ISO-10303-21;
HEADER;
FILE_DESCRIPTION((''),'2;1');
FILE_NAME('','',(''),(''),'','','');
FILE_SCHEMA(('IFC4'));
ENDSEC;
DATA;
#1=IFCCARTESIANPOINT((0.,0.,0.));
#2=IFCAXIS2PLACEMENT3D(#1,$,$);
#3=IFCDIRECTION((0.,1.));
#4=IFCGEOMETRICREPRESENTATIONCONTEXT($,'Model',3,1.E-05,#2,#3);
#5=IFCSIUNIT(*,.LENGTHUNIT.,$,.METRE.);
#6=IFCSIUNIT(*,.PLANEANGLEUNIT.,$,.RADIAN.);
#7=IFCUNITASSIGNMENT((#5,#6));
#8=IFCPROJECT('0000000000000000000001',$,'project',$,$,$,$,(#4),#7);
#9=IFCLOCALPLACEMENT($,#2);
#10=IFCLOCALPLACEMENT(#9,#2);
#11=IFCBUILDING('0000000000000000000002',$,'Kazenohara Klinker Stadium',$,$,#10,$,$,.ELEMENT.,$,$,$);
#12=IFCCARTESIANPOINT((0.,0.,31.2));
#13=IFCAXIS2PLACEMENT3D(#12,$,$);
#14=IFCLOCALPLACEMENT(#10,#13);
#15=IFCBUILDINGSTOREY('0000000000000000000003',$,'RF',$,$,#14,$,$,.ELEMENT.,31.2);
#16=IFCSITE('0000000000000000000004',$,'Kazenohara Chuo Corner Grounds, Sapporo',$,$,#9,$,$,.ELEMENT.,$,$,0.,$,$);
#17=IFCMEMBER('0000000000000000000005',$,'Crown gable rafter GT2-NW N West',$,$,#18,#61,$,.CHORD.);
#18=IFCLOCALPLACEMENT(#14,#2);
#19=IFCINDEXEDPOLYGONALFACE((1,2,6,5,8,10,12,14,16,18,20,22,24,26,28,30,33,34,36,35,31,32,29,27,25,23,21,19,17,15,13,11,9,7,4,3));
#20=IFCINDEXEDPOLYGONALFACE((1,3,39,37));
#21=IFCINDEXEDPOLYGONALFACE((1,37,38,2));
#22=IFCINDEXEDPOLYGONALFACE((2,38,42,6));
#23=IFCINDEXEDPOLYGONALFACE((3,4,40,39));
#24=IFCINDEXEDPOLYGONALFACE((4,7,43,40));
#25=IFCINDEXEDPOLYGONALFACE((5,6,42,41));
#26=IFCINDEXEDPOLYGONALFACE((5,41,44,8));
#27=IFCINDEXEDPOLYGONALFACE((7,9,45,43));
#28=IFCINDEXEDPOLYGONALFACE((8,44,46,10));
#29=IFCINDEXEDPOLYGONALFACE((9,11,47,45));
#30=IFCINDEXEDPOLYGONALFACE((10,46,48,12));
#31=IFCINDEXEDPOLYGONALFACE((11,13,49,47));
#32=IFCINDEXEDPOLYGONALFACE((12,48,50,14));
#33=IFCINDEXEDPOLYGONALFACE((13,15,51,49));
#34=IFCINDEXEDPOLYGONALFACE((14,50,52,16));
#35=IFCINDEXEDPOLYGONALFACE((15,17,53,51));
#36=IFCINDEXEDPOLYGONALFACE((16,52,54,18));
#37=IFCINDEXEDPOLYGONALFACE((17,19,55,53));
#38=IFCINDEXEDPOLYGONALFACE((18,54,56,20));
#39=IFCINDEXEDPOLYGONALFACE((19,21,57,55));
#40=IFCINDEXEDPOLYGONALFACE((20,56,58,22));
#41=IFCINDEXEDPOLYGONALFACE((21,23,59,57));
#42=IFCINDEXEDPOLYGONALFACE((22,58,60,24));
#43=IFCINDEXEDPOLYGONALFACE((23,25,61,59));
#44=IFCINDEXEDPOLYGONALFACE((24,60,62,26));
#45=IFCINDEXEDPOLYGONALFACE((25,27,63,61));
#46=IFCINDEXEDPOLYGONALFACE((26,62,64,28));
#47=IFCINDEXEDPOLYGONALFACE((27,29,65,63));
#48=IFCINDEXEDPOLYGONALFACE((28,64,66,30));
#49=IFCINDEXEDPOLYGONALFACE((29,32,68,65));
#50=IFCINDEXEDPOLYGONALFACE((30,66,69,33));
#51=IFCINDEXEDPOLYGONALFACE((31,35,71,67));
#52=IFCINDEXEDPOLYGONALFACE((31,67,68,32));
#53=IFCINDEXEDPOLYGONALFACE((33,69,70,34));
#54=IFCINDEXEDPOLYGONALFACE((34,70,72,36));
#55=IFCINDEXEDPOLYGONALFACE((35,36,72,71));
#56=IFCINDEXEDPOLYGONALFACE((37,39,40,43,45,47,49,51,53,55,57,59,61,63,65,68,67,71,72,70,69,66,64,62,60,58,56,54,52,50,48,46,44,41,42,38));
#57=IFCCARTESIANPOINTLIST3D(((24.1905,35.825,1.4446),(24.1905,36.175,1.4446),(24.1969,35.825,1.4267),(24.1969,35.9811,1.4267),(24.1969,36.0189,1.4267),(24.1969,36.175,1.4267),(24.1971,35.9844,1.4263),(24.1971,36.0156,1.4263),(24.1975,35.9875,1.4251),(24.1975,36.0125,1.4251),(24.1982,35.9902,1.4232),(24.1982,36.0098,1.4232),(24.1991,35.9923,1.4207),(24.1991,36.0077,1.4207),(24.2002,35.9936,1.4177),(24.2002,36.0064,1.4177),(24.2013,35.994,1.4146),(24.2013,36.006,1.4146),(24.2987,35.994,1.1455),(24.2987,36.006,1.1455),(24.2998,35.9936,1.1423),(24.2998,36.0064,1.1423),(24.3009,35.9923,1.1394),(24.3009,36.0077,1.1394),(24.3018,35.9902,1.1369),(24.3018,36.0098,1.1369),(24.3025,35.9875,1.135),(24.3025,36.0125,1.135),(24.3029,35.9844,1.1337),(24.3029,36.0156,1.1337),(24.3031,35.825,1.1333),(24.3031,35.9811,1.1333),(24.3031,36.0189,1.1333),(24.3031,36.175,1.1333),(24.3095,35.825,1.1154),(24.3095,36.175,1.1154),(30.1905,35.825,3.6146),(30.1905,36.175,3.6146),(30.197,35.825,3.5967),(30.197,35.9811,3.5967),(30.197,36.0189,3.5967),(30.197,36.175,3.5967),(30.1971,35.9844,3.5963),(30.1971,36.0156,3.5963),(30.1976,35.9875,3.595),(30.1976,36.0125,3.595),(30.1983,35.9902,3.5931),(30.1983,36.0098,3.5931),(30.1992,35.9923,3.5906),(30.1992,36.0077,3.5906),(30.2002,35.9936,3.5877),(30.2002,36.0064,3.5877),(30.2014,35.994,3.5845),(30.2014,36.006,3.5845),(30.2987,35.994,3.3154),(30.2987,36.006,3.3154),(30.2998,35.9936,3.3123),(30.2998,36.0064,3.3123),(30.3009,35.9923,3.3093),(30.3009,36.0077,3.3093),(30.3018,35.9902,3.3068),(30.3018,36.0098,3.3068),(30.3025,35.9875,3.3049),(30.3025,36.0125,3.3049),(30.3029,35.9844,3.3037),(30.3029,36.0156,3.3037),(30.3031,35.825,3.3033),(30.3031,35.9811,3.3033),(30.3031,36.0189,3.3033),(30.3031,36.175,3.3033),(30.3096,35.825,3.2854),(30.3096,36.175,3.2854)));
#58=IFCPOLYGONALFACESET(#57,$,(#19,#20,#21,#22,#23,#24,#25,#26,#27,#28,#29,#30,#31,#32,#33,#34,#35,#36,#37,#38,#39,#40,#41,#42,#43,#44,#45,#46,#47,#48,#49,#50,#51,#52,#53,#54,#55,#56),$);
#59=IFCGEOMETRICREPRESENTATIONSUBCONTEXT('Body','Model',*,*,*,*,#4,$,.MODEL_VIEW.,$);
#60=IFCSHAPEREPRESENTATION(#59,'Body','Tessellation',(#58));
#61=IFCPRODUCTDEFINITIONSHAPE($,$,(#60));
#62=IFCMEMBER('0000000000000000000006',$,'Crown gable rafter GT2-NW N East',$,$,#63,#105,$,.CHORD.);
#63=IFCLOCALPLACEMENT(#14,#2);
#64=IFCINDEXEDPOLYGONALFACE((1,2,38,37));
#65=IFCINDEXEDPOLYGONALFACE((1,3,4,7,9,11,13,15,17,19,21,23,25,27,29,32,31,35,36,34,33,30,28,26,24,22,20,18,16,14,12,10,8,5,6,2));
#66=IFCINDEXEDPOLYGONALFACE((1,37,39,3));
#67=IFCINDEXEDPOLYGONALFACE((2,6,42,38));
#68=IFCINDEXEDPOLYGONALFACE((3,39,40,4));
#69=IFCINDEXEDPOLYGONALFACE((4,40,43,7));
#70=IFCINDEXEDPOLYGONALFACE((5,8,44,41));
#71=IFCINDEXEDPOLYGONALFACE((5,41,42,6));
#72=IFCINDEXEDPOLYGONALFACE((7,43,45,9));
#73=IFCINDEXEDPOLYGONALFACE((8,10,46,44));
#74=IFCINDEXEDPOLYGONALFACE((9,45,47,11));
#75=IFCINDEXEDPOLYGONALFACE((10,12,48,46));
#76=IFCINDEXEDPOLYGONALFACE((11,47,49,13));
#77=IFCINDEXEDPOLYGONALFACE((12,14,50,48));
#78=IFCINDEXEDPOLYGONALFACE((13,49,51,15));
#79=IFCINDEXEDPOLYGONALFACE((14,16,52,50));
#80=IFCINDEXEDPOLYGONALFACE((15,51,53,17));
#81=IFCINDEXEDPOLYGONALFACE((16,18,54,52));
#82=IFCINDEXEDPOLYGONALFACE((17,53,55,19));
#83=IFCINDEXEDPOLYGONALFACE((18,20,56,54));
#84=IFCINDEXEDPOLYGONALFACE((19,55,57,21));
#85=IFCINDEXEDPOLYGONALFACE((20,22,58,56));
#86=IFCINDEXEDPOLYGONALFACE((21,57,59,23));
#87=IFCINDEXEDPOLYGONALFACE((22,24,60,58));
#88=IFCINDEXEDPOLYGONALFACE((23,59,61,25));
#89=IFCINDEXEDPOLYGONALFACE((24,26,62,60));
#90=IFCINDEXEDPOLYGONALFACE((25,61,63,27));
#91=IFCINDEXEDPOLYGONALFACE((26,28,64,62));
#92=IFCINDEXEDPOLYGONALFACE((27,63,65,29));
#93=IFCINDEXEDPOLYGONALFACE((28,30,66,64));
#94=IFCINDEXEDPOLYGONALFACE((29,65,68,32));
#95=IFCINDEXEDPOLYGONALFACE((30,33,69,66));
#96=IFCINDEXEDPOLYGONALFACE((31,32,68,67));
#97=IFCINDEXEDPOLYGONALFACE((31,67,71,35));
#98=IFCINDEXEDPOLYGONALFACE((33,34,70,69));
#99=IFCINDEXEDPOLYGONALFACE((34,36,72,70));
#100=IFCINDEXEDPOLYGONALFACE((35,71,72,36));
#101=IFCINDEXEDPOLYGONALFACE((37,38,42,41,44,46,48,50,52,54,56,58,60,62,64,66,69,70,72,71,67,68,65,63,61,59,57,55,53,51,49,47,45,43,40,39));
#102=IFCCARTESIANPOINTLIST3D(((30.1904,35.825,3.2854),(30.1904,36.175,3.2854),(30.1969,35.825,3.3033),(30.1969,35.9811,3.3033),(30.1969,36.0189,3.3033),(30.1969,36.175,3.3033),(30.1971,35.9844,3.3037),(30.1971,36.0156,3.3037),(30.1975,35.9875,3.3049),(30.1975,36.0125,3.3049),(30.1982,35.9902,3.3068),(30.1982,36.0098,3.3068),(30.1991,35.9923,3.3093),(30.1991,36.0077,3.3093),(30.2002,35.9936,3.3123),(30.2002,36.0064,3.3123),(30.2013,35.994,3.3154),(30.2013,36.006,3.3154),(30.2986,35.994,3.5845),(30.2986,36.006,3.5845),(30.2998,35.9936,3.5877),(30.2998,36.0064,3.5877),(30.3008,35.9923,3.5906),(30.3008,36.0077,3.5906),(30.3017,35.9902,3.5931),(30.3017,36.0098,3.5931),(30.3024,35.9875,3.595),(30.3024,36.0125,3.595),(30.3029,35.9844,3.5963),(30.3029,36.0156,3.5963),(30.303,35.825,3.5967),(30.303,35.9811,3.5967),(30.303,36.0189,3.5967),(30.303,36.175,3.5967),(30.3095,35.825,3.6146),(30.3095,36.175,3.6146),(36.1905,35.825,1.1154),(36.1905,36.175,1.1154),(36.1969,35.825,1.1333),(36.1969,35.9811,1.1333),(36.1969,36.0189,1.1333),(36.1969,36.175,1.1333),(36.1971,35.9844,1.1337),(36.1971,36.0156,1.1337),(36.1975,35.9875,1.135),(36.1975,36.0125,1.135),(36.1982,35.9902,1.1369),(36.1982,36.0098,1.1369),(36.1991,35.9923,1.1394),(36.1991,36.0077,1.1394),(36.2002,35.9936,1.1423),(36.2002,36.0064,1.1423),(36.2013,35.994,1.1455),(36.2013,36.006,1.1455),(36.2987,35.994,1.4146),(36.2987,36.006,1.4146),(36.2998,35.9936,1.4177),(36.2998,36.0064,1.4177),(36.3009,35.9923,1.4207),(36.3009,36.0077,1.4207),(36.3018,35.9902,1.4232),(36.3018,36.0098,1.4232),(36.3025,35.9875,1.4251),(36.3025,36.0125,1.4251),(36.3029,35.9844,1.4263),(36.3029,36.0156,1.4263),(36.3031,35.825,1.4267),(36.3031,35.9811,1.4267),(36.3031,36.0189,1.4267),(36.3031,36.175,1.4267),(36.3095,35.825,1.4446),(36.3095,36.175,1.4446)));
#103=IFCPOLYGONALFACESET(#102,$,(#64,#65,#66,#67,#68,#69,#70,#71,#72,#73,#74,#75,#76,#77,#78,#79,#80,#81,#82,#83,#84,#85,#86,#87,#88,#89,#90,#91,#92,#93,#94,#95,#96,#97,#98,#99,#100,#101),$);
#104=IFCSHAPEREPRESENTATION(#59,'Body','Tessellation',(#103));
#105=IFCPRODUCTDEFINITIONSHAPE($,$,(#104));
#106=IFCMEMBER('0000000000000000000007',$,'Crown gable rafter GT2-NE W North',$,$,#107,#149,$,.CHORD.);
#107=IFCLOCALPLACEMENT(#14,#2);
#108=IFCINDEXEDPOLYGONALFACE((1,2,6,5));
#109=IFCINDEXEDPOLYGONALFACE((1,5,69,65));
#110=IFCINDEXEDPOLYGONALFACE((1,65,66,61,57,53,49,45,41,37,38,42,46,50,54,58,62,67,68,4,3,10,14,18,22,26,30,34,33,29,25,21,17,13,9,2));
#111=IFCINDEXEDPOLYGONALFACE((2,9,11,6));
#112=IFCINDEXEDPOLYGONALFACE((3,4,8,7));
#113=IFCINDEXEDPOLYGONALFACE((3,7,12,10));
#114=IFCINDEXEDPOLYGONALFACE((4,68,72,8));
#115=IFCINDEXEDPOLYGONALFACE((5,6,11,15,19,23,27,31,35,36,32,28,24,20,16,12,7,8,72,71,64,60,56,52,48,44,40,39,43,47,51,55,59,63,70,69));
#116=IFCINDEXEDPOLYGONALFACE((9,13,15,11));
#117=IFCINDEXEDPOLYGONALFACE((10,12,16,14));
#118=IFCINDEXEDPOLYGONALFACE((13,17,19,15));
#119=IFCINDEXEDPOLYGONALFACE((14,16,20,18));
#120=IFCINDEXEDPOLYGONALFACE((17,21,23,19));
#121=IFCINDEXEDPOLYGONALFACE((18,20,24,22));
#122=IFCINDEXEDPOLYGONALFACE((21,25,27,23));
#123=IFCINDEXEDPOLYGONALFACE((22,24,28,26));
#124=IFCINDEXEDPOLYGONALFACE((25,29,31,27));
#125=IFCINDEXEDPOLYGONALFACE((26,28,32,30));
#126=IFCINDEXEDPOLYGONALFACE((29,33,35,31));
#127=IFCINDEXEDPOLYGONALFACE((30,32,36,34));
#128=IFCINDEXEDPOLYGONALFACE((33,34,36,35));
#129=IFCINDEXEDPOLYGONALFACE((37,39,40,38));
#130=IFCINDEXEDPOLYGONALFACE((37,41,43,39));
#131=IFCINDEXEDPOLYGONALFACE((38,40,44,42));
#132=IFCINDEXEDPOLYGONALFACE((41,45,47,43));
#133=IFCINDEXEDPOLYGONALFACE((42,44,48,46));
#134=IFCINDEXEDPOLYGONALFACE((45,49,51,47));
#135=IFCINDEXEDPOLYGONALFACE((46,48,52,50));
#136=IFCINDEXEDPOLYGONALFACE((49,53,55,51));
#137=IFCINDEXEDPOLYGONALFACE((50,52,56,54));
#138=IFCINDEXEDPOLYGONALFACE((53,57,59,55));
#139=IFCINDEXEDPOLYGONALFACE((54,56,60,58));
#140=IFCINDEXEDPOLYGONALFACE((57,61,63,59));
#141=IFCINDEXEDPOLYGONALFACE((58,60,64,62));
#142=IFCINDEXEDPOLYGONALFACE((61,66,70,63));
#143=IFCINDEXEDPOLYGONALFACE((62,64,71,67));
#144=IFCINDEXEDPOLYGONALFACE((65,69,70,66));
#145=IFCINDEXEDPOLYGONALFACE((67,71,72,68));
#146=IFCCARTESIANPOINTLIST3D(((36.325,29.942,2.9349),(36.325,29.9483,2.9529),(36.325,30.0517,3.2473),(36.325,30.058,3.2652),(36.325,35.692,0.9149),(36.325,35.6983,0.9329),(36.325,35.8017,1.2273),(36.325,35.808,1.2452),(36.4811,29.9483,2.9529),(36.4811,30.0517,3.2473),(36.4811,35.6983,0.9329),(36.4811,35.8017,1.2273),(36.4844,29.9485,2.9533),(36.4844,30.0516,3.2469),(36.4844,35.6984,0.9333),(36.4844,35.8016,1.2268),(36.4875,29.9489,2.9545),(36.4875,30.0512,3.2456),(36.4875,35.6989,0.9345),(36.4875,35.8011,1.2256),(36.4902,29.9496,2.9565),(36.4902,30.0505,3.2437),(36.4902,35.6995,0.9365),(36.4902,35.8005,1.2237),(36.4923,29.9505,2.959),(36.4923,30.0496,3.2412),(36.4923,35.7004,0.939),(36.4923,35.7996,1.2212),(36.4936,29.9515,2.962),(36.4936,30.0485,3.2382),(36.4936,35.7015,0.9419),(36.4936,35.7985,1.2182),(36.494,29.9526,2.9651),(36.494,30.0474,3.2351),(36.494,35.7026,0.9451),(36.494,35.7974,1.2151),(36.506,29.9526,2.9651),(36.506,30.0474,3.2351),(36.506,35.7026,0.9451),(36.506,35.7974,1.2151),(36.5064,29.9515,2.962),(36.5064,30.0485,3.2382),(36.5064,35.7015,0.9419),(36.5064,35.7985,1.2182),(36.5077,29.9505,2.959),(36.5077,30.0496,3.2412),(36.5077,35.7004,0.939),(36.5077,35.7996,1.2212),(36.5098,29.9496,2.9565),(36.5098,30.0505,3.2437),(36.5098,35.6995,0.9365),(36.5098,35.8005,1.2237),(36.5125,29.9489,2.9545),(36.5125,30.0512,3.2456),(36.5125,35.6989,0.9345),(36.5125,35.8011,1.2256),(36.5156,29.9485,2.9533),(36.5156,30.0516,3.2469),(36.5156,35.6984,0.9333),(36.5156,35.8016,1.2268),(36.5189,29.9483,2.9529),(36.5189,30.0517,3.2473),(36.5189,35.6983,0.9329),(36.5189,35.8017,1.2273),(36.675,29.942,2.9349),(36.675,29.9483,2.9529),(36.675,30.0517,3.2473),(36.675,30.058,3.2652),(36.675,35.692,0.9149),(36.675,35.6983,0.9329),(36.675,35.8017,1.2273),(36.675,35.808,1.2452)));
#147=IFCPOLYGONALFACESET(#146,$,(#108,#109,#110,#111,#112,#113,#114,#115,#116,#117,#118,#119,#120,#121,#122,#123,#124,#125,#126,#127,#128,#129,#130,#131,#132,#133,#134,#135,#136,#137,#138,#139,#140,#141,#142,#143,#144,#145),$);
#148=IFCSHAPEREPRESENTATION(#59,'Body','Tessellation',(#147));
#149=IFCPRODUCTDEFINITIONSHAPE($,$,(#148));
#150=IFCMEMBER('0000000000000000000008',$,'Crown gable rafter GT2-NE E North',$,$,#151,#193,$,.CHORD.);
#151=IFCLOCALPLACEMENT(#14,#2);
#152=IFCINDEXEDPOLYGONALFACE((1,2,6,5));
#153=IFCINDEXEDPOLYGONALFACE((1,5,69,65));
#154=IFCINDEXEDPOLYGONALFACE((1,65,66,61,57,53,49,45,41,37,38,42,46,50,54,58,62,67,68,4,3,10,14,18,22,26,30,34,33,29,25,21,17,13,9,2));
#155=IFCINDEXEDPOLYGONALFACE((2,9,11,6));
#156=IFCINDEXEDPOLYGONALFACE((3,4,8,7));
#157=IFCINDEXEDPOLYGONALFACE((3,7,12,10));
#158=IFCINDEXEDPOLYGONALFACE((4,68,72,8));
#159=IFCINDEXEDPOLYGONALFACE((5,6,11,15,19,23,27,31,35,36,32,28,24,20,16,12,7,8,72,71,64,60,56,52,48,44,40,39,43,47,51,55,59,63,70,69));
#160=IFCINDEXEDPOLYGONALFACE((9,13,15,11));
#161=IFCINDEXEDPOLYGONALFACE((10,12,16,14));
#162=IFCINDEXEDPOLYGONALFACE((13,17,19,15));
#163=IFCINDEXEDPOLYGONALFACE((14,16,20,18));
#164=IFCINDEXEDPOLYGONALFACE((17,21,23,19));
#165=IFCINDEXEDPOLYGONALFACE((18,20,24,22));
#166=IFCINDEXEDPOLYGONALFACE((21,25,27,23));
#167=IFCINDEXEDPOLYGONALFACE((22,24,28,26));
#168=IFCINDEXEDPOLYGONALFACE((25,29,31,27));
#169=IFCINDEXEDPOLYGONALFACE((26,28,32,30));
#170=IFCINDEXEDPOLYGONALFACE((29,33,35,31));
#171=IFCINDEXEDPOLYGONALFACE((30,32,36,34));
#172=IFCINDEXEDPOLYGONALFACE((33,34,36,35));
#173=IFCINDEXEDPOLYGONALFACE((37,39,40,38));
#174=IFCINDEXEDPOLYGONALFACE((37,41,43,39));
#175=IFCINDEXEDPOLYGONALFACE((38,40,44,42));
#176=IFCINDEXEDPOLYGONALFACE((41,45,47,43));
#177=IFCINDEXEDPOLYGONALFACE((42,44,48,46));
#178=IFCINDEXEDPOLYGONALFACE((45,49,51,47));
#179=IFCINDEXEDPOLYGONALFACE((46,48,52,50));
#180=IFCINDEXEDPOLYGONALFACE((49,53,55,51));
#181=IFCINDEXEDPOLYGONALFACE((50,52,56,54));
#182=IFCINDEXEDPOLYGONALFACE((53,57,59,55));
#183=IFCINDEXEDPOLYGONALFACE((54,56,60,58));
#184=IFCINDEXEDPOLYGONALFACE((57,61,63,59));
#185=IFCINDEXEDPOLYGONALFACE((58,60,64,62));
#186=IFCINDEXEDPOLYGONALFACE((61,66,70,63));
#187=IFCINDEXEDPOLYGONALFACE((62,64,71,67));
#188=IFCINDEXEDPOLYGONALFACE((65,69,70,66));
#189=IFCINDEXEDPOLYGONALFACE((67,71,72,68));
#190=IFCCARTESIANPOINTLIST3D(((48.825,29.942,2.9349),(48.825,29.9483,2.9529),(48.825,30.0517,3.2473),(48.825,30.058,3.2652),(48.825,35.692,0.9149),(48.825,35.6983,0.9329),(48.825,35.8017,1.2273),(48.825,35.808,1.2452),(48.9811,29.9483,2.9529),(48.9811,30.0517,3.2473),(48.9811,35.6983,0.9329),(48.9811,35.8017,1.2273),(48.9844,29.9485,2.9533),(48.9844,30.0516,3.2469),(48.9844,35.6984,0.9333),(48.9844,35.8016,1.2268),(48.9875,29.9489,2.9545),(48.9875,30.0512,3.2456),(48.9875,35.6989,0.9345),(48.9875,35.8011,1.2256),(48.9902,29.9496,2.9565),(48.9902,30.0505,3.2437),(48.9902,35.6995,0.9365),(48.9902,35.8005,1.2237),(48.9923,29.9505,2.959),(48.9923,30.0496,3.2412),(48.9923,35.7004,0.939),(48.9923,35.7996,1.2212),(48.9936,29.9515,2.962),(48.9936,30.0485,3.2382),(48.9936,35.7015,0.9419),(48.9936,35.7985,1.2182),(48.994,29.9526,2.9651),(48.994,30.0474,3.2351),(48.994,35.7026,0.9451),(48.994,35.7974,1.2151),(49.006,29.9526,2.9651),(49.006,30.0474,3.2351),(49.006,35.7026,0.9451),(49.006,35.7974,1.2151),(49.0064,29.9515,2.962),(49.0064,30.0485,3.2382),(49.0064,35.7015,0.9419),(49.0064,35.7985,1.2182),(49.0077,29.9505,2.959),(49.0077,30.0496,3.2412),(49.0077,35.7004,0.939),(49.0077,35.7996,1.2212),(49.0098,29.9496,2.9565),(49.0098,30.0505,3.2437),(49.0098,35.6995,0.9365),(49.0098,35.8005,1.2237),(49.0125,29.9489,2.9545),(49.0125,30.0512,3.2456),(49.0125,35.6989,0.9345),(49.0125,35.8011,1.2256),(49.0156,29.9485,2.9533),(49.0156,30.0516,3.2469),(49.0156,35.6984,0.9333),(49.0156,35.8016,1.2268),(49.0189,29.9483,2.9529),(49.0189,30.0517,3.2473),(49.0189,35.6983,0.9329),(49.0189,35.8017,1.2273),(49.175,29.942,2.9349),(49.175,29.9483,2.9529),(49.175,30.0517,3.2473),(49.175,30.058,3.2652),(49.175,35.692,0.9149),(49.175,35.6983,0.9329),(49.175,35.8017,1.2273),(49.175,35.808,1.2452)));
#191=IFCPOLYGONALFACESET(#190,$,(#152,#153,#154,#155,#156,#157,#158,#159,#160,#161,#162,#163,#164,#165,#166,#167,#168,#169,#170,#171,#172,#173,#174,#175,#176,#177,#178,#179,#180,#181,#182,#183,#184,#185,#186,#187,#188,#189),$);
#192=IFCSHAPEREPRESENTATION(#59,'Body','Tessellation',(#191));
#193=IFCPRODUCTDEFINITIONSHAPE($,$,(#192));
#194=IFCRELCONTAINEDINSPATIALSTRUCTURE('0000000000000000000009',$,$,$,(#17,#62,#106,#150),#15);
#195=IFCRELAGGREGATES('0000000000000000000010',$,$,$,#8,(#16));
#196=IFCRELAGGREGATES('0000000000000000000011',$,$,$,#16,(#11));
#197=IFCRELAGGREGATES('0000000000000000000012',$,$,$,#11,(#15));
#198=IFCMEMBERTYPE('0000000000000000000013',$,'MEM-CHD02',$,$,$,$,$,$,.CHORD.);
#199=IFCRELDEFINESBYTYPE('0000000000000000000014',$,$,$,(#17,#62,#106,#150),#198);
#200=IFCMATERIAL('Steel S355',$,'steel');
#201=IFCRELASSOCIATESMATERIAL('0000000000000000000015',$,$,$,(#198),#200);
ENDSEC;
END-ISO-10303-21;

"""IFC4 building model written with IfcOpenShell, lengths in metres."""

from ifc_helpers import new_model, si_unit, direction, frame, origin, origin_2d, place, context, subcontext, project, spatial, i_section, extrude, material, material_profile, profile_set, type_object, element, save


model = new_model("IFC4")

# Units and contexts
model_context = context("Model", 3, precision=1e-05, world=origin(), true_north=direction((0.0, 1.0)))
body_context = subcontext(model_context, "Body", "Model", "MODEL_VIEW")
ifc_project = project(units=[si_unit("LENGTHUNIT", "METRE"), si_unit("PLANEANGLEUNIT", "RADIAN")], contexts=[model_context])

# Site, building, storey
site_placement = place(None, origin())
site = spatial("IfcSite", under=ifc_project, at=site_placement, Name="Kazenohara Chuo Corner Grounds, Sapporo", CompositionType="ELEMENT", RefElevation=0.0)
building_placement = place(site_placement, origin())
building = spatial("IfcBuilding", under=site, at=building_placement, Name="Kazenohara Klinker Stadium", CompositionType="ELEMENT")
storey_placement = place(building_placement, frame((0.0, 0.0, 31.2)))
storey = spatial("IfcBuildingStorey", under=building, at=storey_placement, Name="RF", CompositionType="ELEMENT", Elevation=31.2)

# Members
ifc_material_1 = material(Name="Steel S355", Category="steel")
ifc_material_profile_1 = material_profile(ifc_material_1, i_section(OverallWidth=0.3501, OverallDepth=0.3501, WebThickness=0.012, FlangeThickness=0.019, FilletRadius=0.0129, at=origin_2d()), Name="H-350x350x12x19")
ifc_profile_set_1 = profile_set([ifc_material_profile_1], Name="Steel S355")
member_type_1 = type_object("IfcMemberType", Name="MEM-CHD02", PredefinedType="CHORD", material=ifc_profile_set_1)
for number, where, z_axis, x_axis, name in (
    (1, (24.25, 36.0, 1.28), (0.940391, 0.0, 0.340096), (0.0, 1.0, 0.0), "Crown gable rafter GT2-NW N West"),
    (2, (36.25, 36.0, 1.28), (-0.940391, 0.0, 0.340096), (0.0, -1.0, 0.0), "Crown gable rafter GT2-NW N East"),
):
    element("IfcMember", number, at=place(storey_placement, frame(where, z_axis=z_axis, x_axis=x_axis)), inside=storey, type_object=member_type_1, Name=name, PredefinedType="CHORD", context=body_context, shape_type="SweptSolid", body=[
        extrude(i_section(OverallWidth=0.3501, OverallDepth=0.3501, WebThickness=0.012, FlangeThickness=0.019, FilletRadius=0.0129, at=origin_2d()), origin(), (0.0, 0.0, 1.0), 6.3804),
    ])
for number, where, z_axis, x_axis, name in (
    (3, (36.5, 35.75, 1.0801), (0.0, -0.943473, 0.331449), (1.0, 0.0, 0.0), "Crown gable rafter GT2-NE W North"),
    (4, (49.0, 35.75, 1.0801), (0.0, -0.943473, 0.331449), (1.0, 0.0, 0.0), "Crown gable rafter GT2-NE E North"),
):
    element("IfcMember", number, at=place(storey_placement, frame(where, z_axis=z_axis, x_axis=x_axis)), inside=storey, type_object=member_type_1, Name=name, PredefinedType="CHORD", context=body_context, shape_type="SweptSolid", body=[
        extrude(i_section(OverallWidth=0.3501, OverallDepth=0.3501, WebThickness=0.012, FlangeThickness=0.019, FilletRadius=0.0129, at=origin_2d()), origin(), (0.0, 0.0, 1.0), 6.0945),
    ])

save(model, "model.ifc")
